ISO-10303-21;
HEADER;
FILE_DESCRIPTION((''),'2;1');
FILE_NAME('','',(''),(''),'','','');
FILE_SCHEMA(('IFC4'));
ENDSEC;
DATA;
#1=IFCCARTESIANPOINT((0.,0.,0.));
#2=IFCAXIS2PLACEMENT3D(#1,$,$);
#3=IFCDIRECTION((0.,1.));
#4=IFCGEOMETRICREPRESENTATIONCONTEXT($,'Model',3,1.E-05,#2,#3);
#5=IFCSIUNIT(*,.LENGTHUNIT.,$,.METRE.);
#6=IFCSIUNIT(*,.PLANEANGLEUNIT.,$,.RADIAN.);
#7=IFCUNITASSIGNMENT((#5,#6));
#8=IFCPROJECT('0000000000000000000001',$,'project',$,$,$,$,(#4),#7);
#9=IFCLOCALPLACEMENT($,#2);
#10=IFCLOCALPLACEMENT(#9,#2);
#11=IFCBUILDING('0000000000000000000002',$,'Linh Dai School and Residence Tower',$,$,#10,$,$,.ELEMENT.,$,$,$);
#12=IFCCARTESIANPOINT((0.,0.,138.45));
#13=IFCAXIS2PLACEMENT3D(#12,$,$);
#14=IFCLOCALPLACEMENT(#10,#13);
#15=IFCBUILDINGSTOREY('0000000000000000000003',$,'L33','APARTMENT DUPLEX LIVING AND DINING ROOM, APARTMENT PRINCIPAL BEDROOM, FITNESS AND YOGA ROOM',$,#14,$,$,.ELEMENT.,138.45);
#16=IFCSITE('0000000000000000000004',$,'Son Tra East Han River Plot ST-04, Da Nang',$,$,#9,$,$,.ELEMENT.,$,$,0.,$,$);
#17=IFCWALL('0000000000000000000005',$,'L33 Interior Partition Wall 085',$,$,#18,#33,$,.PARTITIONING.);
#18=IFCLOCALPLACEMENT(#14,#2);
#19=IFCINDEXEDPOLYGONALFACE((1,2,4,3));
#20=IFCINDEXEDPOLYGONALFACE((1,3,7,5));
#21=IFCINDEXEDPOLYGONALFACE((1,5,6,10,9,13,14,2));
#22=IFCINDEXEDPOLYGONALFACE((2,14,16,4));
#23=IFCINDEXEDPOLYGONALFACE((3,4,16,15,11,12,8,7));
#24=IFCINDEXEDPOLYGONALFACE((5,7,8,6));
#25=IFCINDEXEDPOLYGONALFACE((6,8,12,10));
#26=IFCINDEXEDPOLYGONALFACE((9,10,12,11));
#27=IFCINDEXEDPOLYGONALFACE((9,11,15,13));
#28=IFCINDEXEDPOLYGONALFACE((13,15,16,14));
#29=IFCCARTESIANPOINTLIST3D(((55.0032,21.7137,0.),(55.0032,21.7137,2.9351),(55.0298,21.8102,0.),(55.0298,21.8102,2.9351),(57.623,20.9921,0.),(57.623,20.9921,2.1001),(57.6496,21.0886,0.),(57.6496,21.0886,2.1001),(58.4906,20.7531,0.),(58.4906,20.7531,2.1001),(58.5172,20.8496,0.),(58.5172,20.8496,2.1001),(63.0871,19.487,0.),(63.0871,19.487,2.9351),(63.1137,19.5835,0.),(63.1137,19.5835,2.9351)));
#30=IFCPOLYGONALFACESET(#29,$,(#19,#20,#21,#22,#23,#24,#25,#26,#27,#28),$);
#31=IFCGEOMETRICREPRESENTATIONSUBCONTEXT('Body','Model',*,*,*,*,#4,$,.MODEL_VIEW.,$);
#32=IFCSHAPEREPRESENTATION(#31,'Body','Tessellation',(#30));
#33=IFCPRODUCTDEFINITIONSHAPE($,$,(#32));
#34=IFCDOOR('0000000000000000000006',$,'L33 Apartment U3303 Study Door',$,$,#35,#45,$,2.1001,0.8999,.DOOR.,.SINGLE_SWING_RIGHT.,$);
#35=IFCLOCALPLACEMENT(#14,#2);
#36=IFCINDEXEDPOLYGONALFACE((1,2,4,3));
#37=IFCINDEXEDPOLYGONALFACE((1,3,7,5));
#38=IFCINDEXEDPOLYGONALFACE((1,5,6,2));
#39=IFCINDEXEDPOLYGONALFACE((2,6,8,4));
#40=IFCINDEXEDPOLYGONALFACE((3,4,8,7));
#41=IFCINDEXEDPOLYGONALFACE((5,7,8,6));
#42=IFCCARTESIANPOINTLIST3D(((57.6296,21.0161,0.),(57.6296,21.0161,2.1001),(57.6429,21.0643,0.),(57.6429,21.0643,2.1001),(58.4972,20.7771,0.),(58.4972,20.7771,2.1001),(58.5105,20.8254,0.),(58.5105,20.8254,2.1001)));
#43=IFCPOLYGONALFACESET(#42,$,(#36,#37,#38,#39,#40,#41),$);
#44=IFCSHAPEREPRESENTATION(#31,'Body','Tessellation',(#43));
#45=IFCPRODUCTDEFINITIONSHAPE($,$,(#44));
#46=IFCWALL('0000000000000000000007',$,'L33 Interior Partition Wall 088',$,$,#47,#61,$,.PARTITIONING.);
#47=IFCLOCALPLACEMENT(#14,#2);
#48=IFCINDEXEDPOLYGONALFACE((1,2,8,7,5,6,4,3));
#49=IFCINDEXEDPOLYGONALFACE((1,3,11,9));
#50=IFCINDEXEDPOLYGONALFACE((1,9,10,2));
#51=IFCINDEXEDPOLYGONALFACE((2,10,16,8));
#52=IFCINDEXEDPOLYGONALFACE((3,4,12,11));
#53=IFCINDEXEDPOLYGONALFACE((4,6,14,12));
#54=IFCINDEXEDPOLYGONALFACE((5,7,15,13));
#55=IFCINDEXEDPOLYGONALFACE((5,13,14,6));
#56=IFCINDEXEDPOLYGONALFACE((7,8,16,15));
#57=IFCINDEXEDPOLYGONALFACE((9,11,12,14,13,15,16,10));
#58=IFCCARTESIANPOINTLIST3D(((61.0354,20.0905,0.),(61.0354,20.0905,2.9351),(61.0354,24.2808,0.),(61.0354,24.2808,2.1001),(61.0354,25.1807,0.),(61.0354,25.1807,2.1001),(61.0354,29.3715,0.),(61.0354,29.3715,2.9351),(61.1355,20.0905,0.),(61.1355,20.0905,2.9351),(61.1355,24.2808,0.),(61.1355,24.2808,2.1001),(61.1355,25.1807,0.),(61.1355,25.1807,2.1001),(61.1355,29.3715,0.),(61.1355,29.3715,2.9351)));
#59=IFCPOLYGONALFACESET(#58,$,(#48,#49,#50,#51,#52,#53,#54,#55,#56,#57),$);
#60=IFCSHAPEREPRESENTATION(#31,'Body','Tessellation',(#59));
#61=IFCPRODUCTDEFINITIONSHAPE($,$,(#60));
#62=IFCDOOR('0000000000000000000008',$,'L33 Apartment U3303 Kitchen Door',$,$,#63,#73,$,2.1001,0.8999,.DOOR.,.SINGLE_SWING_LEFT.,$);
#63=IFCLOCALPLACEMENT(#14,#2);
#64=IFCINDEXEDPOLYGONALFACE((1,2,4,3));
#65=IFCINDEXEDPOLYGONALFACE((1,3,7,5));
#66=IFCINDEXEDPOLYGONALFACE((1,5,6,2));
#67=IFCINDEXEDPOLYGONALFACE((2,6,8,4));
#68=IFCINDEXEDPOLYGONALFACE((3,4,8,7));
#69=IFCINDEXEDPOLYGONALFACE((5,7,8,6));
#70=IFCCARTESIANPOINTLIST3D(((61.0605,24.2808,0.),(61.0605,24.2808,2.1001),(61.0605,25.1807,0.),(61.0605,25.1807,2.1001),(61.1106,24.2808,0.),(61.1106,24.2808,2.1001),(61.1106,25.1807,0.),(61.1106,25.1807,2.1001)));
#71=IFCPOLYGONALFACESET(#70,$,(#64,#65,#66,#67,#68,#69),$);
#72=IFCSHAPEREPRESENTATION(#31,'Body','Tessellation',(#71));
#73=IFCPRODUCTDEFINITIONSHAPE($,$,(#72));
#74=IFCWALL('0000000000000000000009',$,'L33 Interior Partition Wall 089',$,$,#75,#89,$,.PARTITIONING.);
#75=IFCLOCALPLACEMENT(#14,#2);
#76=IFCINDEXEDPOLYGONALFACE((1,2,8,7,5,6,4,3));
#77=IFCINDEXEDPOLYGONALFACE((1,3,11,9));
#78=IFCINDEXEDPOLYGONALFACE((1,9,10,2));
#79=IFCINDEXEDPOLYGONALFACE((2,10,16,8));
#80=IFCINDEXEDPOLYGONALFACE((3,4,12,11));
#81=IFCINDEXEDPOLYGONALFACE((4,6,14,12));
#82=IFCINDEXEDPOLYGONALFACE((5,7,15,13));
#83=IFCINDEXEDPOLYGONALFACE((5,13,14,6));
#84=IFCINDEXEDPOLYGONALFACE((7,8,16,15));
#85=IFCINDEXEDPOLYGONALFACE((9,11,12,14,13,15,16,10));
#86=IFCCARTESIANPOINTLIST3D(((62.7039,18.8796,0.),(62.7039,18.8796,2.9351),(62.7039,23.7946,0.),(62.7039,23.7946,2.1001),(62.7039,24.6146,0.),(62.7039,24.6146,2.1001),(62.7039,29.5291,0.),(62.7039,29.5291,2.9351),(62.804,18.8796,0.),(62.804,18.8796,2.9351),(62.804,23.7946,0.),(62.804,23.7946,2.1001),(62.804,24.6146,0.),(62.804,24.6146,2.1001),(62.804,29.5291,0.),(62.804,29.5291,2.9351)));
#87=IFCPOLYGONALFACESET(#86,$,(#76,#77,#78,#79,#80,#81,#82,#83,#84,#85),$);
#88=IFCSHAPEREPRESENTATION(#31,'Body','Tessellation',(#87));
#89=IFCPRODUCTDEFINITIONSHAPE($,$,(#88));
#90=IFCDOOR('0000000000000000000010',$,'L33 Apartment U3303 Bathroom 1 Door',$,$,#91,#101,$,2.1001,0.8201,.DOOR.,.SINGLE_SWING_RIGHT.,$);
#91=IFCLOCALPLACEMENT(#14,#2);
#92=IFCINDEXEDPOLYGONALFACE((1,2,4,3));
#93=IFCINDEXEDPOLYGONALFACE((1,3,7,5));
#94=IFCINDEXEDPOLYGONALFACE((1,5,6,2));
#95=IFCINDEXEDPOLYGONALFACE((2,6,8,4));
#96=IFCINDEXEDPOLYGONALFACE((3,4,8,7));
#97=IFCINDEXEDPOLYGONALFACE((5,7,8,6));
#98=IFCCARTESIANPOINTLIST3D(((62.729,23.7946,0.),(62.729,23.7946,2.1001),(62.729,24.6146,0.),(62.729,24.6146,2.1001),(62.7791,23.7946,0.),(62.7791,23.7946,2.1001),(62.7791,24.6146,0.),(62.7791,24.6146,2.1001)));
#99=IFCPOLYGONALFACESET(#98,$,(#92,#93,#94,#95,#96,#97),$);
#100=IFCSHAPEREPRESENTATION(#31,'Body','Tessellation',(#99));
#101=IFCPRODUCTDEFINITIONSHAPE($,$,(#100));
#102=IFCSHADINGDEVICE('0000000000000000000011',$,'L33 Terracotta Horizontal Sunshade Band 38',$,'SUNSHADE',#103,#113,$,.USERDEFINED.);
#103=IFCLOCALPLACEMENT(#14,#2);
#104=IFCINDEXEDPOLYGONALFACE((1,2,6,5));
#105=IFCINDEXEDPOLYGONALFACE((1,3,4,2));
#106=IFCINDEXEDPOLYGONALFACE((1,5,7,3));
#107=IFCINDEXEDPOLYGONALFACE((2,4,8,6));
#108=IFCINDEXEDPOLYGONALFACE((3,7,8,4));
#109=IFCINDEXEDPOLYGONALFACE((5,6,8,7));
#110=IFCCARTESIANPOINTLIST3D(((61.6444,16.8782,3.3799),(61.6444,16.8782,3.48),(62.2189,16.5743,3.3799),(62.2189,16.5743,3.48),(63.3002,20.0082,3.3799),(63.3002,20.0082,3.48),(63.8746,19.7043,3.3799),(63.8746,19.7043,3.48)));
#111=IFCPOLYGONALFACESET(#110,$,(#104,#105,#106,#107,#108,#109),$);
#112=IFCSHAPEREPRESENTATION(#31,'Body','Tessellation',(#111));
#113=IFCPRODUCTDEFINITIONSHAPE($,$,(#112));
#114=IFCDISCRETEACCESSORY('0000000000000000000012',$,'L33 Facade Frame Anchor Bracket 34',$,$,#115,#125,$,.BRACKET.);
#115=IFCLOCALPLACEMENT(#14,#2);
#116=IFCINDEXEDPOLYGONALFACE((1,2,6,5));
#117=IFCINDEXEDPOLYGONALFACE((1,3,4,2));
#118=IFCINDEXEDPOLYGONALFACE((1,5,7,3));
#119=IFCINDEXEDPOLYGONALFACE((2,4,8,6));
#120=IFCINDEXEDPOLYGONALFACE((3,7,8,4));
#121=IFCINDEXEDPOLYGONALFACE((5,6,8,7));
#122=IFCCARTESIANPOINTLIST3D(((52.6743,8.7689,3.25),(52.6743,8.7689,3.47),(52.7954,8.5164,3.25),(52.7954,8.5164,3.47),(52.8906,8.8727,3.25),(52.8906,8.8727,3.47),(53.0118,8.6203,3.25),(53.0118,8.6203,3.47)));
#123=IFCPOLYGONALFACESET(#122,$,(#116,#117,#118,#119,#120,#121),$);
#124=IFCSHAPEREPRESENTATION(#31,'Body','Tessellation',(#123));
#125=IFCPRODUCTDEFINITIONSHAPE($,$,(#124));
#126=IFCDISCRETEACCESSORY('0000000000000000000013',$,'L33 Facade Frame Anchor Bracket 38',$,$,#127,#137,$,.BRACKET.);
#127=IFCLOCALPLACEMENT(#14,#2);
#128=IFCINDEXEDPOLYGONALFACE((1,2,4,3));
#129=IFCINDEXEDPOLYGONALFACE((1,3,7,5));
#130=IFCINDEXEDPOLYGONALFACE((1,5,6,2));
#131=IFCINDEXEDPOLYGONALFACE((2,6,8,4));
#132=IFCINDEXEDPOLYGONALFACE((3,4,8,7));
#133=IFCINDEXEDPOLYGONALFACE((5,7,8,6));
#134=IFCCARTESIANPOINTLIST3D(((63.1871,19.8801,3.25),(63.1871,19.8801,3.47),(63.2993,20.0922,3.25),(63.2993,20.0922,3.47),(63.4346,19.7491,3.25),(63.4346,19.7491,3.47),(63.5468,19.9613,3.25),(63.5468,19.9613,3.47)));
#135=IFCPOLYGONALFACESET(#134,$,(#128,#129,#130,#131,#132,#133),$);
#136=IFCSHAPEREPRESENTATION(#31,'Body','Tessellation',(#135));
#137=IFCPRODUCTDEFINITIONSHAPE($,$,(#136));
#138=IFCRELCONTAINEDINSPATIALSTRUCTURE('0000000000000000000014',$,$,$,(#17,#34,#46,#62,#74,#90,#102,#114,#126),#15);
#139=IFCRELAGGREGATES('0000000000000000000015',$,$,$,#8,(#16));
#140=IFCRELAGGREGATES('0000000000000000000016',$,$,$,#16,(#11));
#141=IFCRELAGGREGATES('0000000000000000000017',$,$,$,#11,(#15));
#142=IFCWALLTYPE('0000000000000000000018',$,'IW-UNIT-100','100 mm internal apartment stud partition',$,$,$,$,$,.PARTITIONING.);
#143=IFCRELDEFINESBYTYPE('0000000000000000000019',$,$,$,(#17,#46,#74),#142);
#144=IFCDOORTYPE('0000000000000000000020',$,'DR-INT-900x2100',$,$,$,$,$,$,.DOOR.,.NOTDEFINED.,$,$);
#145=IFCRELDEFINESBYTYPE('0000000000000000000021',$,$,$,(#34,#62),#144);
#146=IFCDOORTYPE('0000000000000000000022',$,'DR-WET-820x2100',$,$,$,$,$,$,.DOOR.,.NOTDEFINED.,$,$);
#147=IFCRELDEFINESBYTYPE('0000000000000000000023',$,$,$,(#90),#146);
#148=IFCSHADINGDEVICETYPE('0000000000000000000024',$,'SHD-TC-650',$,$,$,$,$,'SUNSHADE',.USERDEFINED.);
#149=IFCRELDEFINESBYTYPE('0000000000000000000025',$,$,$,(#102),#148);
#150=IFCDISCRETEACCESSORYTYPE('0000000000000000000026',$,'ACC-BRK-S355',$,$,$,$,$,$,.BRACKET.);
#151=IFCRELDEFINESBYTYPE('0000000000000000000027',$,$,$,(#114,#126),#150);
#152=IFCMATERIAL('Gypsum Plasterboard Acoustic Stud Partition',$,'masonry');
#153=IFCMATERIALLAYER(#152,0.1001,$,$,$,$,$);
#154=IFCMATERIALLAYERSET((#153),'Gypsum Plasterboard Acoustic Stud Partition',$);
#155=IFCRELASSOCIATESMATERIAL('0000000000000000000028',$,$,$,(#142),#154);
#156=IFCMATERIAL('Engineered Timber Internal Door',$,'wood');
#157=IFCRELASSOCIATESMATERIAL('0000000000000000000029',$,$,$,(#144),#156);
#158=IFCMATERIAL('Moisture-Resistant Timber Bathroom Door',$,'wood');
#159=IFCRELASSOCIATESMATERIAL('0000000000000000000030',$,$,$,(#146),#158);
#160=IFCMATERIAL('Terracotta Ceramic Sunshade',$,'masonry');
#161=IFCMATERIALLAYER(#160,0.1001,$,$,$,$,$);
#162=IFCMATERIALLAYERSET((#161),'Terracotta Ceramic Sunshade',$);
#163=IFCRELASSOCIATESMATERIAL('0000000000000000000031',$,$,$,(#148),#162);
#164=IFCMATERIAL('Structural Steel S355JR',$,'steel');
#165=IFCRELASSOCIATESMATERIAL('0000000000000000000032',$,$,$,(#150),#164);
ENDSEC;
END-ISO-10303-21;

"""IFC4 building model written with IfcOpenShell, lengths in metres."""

from ifc_helpers import new_model, si_unit, direction, frame, frame_2d, origin, origin_2d, place, context, subcontext, project, spatial, rectangle, extrude, source, transform, mapped, material, layer, layer_set, type_object, element, fill, save


model = new_model("IFC4")

# Units and contexts
model_context = context("Model", 3, precision=1e-05, world=origin(), true_north=direction((0.0, 1.0)))
body_context = subcontext(model_context, "Body", "Model", "MODEL_VIEW")
ifc_project = project(units=[si_unit("LENGTHUNIT", "METRE"), si_unit("PLANEANGLEUNIT", "RADIAN")], contexts=[model_context])

# Site, building, storey
site_placement = place(None, origin())
site = spatial("IfcSite", under=ifc_project, at=site_placement, Name="Son Tra East Han River Plot ST-04, Da Nang", CompositionType="ELEMENT", RefElevation=0.0)
building_placement = place(site_placement, origin())
building = spatial("IfcBuilding", under=site, at=building_placement, Name="Linh Dai School and Residence Tower", CompositionType="ELEMENT")
storey_placement = place(building_placement, frame((0.0, 0.0, 138.45)))
storey = spatial("IfcBuildingStorey", under=building, at=storey_placement, Name="L33", Description="APARTMENT DUPLEX LIVING AND DINING ROOM, APARTMENT PRINCIPAL BEDROOM, FITNESS AND YOGA ROOM", CompositionType="ELEMENT", Elevation=138.45)

# Shared definitions
ifc_material_1 = material(Name="Structural Steel S355JR", Category="steel")

# Shared definitions
ifc_material_2 = material(Name="Gypsum Plasterboard Acoustic Stud Partition", Category="masonry")
ifc_layer_1 = layer(ifc_material_2, 0.1001)
ifc_layer_set_1 = layer_set([ifc_layer_1], Name="Gypsum Plasterboard Acoustic Stud Partition")
wall_type_1 = type_object("IfcWallType", Name="IW-UNIT-100", Description="100 mm internal apartment stud partition", PredefinedType="PARTITIONING", material=ifc_layer_set_1)

# Walls, openings, doors
wall_1_placement = place(storey_placement, frame((55.0166, 21.762, 0.0), z_axis=(0.0, 0.0, 1.0), x_axis=(0.964092, -0.265568, 0.0)))
wall_1 = element("IfcWall", 1, at=wall_1_placement, inside=storey, type_object=wall_type_1, Name="L33 Interior Partition Wall 085", PredefinedType="PARTITIONING", context=body_context, shape_type="SweptSolid", body=[
    extrude(rectangle(XDim=8.385, YDim=0.1001, at=frame_2d((4.1924, 0.0))), origin(), (0.0, 0.0, 1.0), 2.9351),
])
opening_1_placement = place(wall_1_placement, frame((2.7173, 0.0, 0.0)))
opening_1 = element("IfcOpeningElement", 2, at=opening_1_placement, cuts=wall_1, PredefinedType="OPENING", context=body_context, shape_type="SweptSolid", body=[
    extrude(rectangle(XDim=0.8999, YDim=2.1001, at=origin_2d()), frame((0.45, 0.0601, 1.05), z_axis=(0.0, -1.0, 0.0), x_axis=(1.0, 0.0, 0.0)), (0.0, 0.0, 1.0), 0.1201),
])
ifc_material_3 = material(Name="Engineered Timber Internal Door", Category="wood")
door_type_1 = type_object("IfcDoorType", Name="DR-INT-900x2100", OperationType="NOTDEFINED", PredefinedType="DOOR", material=ifc_material_3)
shared_shape_1 = source(origin(), body_context, "Body", "SweptSolid", [
    extrude(rectangle(XDim=0.8999, YDim=2.1001, at=origin_2d()), frame((0.45, 0.0249, 1.05), z_axis=(0.0, -1.0, 0.0), x_axis=(1.0, 0.0, 0.0)), (0.0, 0.0, 1.0), 0.05),
])
door_1_placement = place(opening_1_placement, origin())
door_1 = element("IfcDoor", 3, at=door_1_placement, inside=storey, type_object=door_type_1, Name="L33 Apartment U3303 Study Door", OperationType="SINGLE_SWING_RIGHT", OverallHeight=2.1001, OverallWidth=0.8999, PredefinedType="DOOR", context=body_context, shape_type="MappedRepresentation", body=[
    mapped(shared_shape_1, transform((0.0, 0.0, 0.0), x_axis=(1.0, 0.0, 0.0), y_axis=(0.0, 1.0, 0.0), z_axis=(0.0, 0.0, 1.0), scale=1.0)),
])
fill(opening_1, door_1)
wall_2_placement = place(storey_placement, frame((61.0854, 20.0903, 0.0), z_axis=(0.0, 0.0, 1.0), x_axis=(0.0, 1.0, 0.0)))
wall_2 = element("IfcWall", 4, at=wall_2_placement, inside=storey, type_object=wall_type_1, Name="L33 Interior Partition Wall 088", PredefinedType="PARTITIONING", context=body_context, shape_type="SweptSolid", body=[
    extrude(rectangle(XDim=9.281, YDim=0.1001, at=frame_2d((4.6406, 0.0))), origin(), (0.0, 0.0, 1.0), 2.9351),
])
opening_2_placement = place(wall_2_placement, frame((4.1904, 0.0, 0.0)))
opening_2 = element("IfcOpeningElement", 5, at=opening_2_placement, cuts=wall_2, PredefinedType="OPENING", context=body_context, shape_type="SweptSolid", body=[
    extrude(rectangle(XDim=0.8999, YDim=2.1001, at=origin_2d()), frame((0.45, 0.0601, 1.05), z_axis=(0.0, -1.0, 0.0), x_axis=(1.0, 0.0, 0.0)), (0.0, 0.0, 1.0), 0.1201),
])
door_2_placement = place(opening_2_placement, origin())
door_2 = element("IfcDoor", 6, at=door_2_placement, inside=storey, type_object=door_type_1, Name="L33 Apartment U3303 Kitchen Door", OperationType="SINGLE_SWING_LEFT", OverallHeight=2.1001, OverallWidth=0.8999, PredefinedType="DOOR", context=body_context, shape_type="MappedRepresentation", body=[
    mapped(shared_shape_1, transform((0.0, 0.0, 0.0), x_axis=(1.0, 0.0, 0.0), y_axis=(0.0, 1.0, 0.0), z_axis=(0.0, 0.0, 1.0), scale=1.0)),
])
fill(opening_2, door_2)
wall_3_placement = place(storey_placement, frame((62.7539, 18.8796, 0.0), z_axis=(0.0, 0.0, 1.0), x_axis=(0.0, 1.0, 0.0)))
wall_3 = element("IfcWall", 7, at=wall_3_placement, inside=storey, type_object=wall_type_1, Name="L33 Interior Partition Wall 089", PredefinedType="PARTITIONING", context=body_context, shape_type="SweptSolid", body=[
    extrude(rectangle(XDim=10.6494, YDim=0.1001, at=frame_2d((5.3247, 0.0))), origin(), (0.0, 0.0, 1.0), 2.9351),
])
opening_3_placement = place(wall_3_placement, frame((4.9148, 0.0, 0.0)))
opening_3 = element("IfcOpeningElement", 8, at=opening_3_placement, cuts=wall_3, PredefinedType="OPENING", context=body_context, shape_type="SweptSolid", body=[
    extrude(rectangle(XDim=0.8201, YDim=2.1001, at=origin_2d()), frame((0.4102, 0.0601, 1.05), z_axis=(0.0, -1.0, 0.0), x_axis=(1.0, 0.0, 0.0)), (0.0, 0.0, 1.0), 0.1201),
])
ifc_material_4 = material(Name="Moisture-Resistant Timber Bathroom Door", Category="wood")
door_type_2 = type_object("IfcDoorType", Name="DR-WET-820x2100", OperationType="NOTDEFINED", PredefinedType="DOOR", material=ifc_material_4)
shared_shape_2 = source(origin(), body_context, "Body", "SweptSolid", [
    extrude(rectangle(XDim=0.8201, YDim=2.1001, at=origin_2d()), frame((0.4102, 0.0249, 1.05), z_axis=(0.0, -1.0, 0.0), x_axis=(1.0, 0.0, 0.0)), (0.0, 0.0, 1.0), 0.05),
])
door_3_placement = place(opening_3_placement, origin())
door_3 = element("IfcDoor", 9, at=door_3_placement, inside=storey, type_object=door_type_2, Name="L33 Apartment U3303 Bathroom 1 Door", OperationType="SINGLE_SWING_RIGHT", OverallHeight=2.1001, OverallWidth=0.8201, PredefinedType="DOOR", context=body_context, shape_type="MappedRepresentation", body=[
    mapped(shared_shape_2, transform((0.0, 0.0, 0.0), x_axis=(1.0, 0.0, 0.0), y_axis=(0.0, 1.0, 0.0), z_axis=(0.0, 0.0, 1.0), scale=1.0)),
])
fill(opening_3, door_3)

# Shading device
ifc_material_5 = material(Name="Terracotta Ceramic Sunshade", Category="masonry")
ifc_layer_2 = layer(ifc_material_5, 0.1001)
ifc_layer_set_2 = layer_set([ifc_layer_2], Name="Terracotta Ceramic Sunshade")
shading_device_type = type_object("IfcShadingDeviceType", Name="SHD-TC-650", ElementType="SUNSHADE", PredefinedType="USERDEFINED", material=ifc_layer_set_2)
shared_shape_3 = source(origin(), body_context, "Body", "SweptSolid", [
    extrude(rectangle(XDim=3.541, YDim=0.6499, at=origin_2d()), origin(), (0.0, 0.0, 1.0), 0.1001),
])
shading_device_placement = place(storey_placement, frame((62.7595, 18.2913, 3.3799), z_axis=(0.0, 0.0, 1.0), x_axis=(-0.467596, -0.883942, 0.0)))
element("IfcShadingDevice", 10, at=shading_device_placement, inside=storey, type_object=shading_device_type, Name="L33 Terracotta Horizontal Sunshade Band 38", ObjectType="SUNSHADE", PredefinedType="USERDEFINED", context=body_context, shape_type="MappedRepresentation", body=[
    mapped(shared_shape_3, transform((0.0, 0.0, 0.0), x_axis=(1.0, 0.0, 0.0), y_axis=(0.0, 1.0, 0.0), z_axis=(0.0, 0.0, 1.0), scale=1.0)),
])

# Discrete accessories
discrete_accessory_type = type_object("IfcDiscreteAccessoryType", Name="ACC-BRK-S355", PredefinedType="BRACKET", material=ifc_material_1)
shared_shape_4 = source(origin(), body_context, "Body", "SweptSolid", [
    extrude(rectangle(XDim=0.28, YDim=0.24, at=origin_2d()), origin(), (0.0, 0.0, 1.0), 0.22),
])
for number, where, z_axis, x_axis, name in (
    (11, (52.843, 8.6946, 3.25), (0.0, 0.0, 1.0), (0.432618, -0.901578, 0.0), "L33 Facade Frame Anchor Bracket 34"),
    (12, (63.3669, 19.9207, 3.25), (0.0, 0.0, 1.0), (0.883942, -0.467596, 0.0), "L33 Facade Frame Anchor Bracket 38"),
):
    element("IfcDiscreteAccessory", number, at=place(storey_placement, frame(where, z_axis=z_axis, x_axis=x_axis)), inside=storey, type_object=discrete_accessory_type, Name=name, PredefinedType="BRACKET", context=body_context, shape_type="MappedRepresentation", body=[
        mapped(shared_shape_4, transform((0.0, 0.0, 0.0), x_axis=(1.0, 0.0, 0.0), y_axis=(0.0, 1.0, 0.0), z_axis=(0.0, 0.0, 1.0), scale=1.0)),
    ])

save(model, "model.ifc")
